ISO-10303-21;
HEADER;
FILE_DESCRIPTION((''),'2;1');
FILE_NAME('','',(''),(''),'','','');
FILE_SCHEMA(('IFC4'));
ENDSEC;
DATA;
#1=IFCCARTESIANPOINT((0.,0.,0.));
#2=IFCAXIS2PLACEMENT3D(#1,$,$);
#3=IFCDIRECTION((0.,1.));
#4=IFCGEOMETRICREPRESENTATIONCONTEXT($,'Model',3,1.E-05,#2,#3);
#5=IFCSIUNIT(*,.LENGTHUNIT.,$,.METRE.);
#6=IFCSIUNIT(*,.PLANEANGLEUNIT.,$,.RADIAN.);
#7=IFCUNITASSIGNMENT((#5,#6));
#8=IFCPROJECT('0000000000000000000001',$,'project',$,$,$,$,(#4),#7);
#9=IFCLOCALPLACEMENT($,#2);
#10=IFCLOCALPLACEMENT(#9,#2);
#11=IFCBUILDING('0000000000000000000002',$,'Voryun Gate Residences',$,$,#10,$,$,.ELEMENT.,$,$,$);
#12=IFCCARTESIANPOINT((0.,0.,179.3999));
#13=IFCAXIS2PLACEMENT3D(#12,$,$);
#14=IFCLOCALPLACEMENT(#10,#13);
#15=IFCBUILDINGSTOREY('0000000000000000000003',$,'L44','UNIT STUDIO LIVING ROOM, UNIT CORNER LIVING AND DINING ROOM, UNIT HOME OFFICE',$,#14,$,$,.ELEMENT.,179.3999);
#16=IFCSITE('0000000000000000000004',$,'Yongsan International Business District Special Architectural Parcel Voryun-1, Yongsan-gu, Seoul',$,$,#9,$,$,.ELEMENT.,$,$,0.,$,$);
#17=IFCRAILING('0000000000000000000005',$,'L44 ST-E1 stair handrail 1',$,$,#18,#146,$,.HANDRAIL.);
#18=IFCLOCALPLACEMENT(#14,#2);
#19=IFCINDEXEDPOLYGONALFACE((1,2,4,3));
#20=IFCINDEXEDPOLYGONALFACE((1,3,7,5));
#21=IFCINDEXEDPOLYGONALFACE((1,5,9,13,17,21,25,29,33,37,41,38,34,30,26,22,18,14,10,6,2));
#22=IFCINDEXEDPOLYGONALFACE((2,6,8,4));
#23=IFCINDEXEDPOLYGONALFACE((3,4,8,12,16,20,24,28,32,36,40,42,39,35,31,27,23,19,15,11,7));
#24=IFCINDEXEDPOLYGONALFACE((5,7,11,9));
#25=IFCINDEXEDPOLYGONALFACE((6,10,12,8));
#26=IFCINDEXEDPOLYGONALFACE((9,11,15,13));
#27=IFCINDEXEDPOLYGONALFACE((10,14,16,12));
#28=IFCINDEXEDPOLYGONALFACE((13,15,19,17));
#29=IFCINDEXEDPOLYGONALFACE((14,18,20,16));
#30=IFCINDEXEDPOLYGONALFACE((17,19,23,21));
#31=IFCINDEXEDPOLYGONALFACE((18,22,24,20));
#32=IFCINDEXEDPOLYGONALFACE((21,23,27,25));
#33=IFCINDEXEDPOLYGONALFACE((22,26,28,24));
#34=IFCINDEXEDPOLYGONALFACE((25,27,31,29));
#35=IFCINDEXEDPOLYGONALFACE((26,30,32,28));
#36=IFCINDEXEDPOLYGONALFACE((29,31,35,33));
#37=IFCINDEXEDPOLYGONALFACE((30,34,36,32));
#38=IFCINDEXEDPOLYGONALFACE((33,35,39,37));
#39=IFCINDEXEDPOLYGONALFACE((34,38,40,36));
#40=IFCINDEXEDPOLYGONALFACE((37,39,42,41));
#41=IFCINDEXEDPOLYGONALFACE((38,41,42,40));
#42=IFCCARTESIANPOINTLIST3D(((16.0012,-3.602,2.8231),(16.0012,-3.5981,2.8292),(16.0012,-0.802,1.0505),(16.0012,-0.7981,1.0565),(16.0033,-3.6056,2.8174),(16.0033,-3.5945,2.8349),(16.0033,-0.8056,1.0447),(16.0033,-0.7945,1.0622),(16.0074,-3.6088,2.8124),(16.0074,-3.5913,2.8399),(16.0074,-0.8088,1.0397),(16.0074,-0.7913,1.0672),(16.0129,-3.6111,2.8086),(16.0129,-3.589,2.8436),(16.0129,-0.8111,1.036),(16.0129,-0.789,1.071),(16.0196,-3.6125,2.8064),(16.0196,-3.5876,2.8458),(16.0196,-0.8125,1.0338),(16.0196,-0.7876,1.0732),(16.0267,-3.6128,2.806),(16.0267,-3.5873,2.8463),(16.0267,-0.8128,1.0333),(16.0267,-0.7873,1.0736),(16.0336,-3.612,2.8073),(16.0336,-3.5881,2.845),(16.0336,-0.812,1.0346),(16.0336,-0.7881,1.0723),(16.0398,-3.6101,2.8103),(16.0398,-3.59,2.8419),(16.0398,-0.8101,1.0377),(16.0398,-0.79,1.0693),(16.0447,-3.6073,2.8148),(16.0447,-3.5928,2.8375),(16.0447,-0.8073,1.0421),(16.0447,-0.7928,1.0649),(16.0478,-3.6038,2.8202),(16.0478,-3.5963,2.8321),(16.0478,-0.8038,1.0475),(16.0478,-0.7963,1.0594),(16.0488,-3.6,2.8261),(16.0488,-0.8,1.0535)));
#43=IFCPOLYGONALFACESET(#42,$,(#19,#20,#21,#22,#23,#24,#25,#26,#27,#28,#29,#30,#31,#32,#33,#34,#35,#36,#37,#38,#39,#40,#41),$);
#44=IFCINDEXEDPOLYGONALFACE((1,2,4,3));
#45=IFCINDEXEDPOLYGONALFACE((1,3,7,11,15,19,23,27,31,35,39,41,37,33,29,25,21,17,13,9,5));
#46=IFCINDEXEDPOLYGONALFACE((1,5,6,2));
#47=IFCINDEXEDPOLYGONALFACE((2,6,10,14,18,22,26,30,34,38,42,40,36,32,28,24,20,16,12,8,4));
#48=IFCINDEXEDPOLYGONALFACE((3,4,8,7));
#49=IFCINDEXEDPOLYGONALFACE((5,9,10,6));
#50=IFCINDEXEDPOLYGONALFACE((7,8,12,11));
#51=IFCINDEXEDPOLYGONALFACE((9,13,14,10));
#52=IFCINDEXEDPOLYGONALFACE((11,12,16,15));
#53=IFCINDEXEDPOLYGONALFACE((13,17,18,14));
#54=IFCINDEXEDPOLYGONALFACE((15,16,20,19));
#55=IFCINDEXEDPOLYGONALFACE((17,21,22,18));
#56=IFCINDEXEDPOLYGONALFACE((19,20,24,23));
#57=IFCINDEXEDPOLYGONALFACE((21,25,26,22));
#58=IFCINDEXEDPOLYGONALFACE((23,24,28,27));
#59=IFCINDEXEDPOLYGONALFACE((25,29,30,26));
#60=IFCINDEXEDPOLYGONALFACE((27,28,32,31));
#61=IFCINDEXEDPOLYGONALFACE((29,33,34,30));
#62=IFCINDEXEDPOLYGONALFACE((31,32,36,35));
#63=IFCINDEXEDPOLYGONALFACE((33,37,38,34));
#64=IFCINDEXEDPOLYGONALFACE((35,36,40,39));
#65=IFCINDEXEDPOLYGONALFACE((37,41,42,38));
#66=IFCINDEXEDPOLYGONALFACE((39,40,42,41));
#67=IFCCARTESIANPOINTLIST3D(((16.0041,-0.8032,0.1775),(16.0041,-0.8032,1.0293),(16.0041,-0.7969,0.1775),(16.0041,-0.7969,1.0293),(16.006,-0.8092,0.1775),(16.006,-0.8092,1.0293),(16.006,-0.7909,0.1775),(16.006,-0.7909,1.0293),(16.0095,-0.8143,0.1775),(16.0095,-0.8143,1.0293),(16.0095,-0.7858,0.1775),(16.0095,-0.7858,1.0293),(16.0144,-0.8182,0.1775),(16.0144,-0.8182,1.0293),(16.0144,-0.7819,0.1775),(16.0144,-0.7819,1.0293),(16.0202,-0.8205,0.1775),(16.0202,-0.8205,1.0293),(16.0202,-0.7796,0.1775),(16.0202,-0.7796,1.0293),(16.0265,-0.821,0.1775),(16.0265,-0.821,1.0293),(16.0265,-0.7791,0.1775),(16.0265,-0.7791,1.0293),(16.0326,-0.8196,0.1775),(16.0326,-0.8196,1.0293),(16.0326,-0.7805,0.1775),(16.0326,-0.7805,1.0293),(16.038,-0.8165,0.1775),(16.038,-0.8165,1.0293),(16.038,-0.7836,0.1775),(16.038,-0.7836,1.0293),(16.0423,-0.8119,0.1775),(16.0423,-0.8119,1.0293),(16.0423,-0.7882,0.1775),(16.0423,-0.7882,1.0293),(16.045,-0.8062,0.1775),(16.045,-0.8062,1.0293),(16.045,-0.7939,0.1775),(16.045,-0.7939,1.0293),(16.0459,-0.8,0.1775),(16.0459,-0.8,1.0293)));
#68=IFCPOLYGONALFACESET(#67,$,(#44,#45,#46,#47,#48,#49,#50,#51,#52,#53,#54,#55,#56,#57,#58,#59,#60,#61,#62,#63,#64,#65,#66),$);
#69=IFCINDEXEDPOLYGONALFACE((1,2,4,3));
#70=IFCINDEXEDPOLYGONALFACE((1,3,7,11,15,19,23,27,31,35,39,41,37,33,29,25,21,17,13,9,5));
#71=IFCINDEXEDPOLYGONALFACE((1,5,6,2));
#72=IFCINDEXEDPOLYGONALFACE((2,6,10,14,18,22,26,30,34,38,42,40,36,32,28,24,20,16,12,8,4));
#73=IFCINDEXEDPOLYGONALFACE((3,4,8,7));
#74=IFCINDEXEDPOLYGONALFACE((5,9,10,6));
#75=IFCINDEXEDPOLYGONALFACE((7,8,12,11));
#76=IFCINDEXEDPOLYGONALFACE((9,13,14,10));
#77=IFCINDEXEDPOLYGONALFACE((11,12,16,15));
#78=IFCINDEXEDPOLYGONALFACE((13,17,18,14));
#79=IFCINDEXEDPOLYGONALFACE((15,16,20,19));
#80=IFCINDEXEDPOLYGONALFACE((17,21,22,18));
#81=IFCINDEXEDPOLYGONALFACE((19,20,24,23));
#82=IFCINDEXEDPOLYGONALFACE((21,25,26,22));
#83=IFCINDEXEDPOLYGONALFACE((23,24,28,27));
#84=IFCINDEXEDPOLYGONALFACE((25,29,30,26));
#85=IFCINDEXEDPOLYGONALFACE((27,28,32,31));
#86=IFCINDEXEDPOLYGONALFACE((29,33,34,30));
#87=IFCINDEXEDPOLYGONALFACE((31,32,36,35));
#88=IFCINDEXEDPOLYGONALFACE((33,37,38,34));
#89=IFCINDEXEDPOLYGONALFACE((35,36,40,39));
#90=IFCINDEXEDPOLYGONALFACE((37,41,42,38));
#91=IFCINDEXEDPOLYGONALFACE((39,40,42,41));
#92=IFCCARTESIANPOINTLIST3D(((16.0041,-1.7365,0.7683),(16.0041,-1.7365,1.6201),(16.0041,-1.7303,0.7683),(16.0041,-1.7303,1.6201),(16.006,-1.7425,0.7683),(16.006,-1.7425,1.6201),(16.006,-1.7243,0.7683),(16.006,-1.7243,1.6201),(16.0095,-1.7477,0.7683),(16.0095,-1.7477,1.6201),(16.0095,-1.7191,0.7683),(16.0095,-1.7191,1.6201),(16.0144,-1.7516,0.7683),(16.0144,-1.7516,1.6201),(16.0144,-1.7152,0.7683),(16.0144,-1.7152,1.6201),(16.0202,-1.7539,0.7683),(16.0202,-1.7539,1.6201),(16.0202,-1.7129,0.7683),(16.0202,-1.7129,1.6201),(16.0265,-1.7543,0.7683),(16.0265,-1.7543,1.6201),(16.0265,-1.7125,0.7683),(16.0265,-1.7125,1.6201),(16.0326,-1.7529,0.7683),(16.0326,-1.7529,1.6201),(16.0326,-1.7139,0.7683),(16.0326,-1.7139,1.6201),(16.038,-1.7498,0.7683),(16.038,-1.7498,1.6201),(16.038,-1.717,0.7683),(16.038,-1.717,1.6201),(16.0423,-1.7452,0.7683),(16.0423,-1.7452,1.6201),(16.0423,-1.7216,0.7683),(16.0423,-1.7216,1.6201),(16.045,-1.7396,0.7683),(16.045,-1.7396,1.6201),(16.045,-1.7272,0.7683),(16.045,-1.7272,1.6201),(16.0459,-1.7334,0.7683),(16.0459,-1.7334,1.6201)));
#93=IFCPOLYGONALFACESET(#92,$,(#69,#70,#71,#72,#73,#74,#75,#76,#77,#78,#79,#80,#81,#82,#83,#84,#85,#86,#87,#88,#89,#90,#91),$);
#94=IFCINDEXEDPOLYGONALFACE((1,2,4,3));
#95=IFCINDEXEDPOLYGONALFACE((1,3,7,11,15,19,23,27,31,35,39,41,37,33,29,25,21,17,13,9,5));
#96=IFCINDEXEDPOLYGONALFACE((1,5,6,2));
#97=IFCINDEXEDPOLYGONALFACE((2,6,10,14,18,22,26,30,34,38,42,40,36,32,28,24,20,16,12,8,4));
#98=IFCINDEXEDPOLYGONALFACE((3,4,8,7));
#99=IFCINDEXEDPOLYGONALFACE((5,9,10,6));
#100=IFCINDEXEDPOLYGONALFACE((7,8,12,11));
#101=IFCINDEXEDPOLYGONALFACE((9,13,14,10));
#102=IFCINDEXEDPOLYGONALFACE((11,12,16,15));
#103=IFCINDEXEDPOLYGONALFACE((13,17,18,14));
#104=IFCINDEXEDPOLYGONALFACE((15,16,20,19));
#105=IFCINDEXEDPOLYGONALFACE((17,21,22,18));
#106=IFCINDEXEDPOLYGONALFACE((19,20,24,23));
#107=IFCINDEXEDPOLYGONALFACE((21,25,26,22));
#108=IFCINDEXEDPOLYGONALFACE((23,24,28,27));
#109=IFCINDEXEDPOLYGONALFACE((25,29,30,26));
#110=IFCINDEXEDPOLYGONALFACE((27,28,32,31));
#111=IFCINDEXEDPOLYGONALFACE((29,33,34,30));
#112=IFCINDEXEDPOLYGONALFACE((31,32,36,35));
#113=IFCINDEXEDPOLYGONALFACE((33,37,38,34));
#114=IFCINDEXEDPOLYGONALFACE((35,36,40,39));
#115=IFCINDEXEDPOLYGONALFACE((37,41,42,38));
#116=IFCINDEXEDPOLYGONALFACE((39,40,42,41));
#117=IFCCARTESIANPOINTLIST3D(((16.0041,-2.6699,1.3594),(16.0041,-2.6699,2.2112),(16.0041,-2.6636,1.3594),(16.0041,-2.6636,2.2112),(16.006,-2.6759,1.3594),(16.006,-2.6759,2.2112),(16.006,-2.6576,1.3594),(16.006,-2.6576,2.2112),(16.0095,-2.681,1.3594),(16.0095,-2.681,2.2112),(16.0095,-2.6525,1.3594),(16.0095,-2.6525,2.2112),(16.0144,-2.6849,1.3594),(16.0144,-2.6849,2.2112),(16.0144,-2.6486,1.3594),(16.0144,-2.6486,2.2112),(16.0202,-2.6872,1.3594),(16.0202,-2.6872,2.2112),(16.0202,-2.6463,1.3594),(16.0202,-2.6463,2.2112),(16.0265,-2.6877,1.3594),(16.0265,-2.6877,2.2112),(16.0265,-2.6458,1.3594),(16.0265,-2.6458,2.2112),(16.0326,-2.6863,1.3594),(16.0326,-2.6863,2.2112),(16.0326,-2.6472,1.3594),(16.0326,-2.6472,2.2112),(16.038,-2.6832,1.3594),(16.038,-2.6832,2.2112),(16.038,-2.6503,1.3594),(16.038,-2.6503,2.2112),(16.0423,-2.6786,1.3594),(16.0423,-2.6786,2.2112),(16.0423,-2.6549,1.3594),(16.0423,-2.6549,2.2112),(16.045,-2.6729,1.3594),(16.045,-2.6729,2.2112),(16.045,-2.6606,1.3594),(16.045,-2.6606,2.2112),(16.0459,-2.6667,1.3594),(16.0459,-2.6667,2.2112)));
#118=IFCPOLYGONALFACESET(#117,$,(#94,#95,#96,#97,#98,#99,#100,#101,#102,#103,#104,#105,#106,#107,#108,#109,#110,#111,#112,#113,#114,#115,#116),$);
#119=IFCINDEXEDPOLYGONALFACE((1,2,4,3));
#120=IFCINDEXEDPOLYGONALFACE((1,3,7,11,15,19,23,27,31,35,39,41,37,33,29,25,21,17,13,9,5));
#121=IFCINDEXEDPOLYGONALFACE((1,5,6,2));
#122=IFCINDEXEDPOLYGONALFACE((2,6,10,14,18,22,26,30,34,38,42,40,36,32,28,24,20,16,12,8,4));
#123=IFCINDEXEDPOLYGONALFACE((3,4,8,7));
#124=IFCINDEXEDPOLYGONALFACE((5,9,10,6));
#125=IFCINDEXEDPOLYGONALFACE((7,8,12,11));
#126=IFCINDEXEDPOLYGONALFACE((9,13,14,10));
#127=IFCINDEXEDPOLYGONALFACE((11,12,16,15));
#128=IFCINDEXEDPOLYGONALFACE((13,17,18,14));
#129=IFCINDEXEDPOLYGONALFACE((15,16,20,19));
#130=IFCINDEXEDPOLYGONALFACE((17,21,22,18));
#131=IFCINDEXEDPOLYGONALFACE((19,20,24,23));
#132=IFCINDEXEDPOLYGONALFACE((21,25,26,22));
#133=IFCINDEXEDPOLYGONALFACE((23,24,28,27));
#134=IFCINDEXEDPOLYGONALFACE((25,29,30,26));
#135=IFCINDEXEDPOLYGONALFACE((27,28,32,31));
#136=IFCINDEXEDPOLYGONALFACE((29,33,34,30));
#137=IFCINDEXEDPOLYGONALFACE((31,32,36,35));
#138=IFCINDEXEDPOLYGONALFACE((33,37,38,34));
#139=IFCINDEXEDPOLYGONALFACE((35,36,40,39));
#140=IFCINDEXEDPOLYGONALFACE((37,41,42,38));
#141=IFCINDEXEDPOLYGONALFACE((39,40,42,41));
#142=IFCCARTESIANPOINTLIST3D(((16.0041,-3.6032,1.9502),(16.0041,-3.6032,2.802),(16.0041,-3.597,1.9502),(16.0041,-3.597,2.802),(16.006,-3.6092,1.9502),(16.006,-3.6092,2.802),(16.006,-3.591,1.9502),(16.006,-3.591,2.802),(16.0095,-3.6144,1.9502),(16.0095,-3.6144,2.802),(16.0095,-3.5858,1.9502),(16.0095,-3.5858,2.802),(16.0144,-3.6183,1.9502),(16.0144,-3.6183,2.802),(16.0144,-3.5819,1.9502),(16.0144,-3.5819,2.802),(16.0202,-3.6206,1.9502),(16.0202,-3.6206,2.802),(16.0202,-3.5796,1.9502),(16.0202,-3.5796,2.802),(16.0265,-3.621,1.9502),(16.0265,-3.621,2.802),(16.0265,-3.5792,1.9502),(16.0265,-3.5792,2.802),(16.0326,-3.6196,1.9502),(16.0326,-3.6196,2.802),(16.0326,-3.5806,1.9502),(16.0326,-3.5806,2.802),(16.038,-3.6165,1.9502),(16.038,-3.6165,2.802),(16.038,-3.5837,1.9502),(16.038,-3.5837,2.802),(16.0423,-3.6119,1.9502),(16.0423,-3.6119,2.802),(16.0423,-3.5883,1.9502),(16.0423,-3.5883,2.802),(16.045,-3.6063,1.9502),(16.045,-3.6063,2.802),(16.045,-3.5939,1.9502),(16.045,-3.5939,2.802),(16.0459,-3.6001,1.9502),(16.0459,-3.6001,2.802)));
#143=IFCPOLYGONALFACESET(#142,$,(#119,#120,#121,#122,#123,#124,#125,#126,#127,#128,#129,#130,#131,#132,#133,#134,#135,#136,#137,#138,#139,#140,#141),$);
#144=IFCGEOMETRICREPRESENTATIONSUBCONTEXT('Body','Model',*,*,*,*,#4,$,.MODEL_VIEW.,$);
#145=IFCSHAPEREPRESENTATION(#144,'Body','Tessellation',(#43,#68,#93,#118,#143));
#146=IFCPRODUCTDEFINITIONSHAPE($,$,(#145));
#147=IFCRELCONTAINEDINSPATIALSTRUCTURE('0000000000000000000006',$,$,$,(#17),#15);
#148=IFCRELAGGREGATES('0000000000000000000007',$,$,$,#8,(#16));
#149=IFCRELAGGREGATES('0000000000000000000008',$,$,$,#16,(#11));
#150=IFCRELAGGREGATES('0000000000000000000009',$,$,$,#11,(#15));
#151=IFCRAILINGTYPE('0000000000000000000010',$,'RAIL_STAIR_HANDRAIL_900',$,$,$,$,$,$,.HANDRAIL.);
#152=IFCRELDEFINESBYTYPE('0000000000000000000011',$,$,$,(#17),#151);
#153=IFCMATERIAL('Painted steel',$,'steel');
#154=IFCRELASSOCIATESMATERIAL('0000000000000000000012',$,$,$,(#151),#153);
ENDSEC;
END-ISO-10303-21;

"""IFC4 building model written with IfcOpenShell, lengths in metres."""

from ifc_helpers import new_model, si_unit, direction, frame, origin, origin_2d, place, context, subcontext, project, spatial, circle, extrude, material, type_object, element, save


model = new_model("IFC4")

# Units and contexts
model_context = context("Model", 3, precision=1e-05, world=origin(), true_north=direction((0.0, 1.0)))
body_context = subcontext(model_context, "Body", "Model", "MODEL_VIEW")
ifc_project = project(units=[si_unit("LENGTHUNIT", "METRE"), si_unit("PLANEANGLEUNIT", "RADIAN")], contexts=[model_context])

# Site, building, storey
site_placement = place(None, origin())
site = spatial("IfcSite", under=ifc_project, at=site_placement, Name="Yongsan International Business District Special Architectural Parcel Voryun-1, Yongsan-gu, Seoul", CompositionType="ELEMENT", RefElevation=0.0)
building_placement = place(site_placement, origin())
building = spatial("IfcBuilding", under=site, at=building_placement, Name="Voryun Gate Residences", CompositionType="ELEMENT")
storey_placement = place(building_placement, frame((0.0, 0.0, 179.3999)))
storey = spatial("IfcBuildingStorey", under=building, at=storey_placement, Name="L44", Description="UNIT STUDIO LIVING ROOM, UNIT CORNER LIVING AND DINING ROOM, UNIT HOME OFFICE", CompositionType="ELEMENT", Elevation=179.3999)

# Railing
ifc_material_1 = material(Name="Painted steel", Category="steel")
railing_type_1 = type_object("IfcRailingType", Name="RAIL_STAIR_HANDRAIL_900", PredefinedType="HANDRAIL", material=ifc_material_1)
railing_1_placement = place(storey_placement, frame((16.0249, -0.8, 0.1775)))
element("IfcRailing", 1, at=railing_1_placement, inside=storey, type_object=railing_type_1, Name="L44 ST-E1 stair handrail 1", PredefinedType="HANDRAIL", context=body_context, shape_type="SweptSolid", body=[
    extrude(circle(Radius=0.0239, at=origin_2d()), frame((0.0, 0.0, 0.876), z_axis=(0.0, -0.844909, 0.53491), x_axis=(1.0, 0.0, 0.0)), (0.0, 0.0, 1.0), 3.314),
    extrude(circle(Radius=0.021, at=origin_2d()), origin(), (0.0, 0.0, 1.0), 0.8518),
    extrude(circle(Radius=0.021, at=origin_2d()), frame((0.0, -0.9333, 0.5908)), (0.0, 0.0, 1.0), 0.8518),
    extrude(circle(Radius=0.021, at=origin_2d()), frame((0.0, -1.8667, 1.1819)), (0.0, 0.0, 1.0), 0.8518),
    extrude(circle(Radius=0.021, at=origin_2d()), frame((0.0, -2.8, 1.7727)), (0.0, 0.0, 1.0), 0.8518),
])

save(model, "model.ifc")
